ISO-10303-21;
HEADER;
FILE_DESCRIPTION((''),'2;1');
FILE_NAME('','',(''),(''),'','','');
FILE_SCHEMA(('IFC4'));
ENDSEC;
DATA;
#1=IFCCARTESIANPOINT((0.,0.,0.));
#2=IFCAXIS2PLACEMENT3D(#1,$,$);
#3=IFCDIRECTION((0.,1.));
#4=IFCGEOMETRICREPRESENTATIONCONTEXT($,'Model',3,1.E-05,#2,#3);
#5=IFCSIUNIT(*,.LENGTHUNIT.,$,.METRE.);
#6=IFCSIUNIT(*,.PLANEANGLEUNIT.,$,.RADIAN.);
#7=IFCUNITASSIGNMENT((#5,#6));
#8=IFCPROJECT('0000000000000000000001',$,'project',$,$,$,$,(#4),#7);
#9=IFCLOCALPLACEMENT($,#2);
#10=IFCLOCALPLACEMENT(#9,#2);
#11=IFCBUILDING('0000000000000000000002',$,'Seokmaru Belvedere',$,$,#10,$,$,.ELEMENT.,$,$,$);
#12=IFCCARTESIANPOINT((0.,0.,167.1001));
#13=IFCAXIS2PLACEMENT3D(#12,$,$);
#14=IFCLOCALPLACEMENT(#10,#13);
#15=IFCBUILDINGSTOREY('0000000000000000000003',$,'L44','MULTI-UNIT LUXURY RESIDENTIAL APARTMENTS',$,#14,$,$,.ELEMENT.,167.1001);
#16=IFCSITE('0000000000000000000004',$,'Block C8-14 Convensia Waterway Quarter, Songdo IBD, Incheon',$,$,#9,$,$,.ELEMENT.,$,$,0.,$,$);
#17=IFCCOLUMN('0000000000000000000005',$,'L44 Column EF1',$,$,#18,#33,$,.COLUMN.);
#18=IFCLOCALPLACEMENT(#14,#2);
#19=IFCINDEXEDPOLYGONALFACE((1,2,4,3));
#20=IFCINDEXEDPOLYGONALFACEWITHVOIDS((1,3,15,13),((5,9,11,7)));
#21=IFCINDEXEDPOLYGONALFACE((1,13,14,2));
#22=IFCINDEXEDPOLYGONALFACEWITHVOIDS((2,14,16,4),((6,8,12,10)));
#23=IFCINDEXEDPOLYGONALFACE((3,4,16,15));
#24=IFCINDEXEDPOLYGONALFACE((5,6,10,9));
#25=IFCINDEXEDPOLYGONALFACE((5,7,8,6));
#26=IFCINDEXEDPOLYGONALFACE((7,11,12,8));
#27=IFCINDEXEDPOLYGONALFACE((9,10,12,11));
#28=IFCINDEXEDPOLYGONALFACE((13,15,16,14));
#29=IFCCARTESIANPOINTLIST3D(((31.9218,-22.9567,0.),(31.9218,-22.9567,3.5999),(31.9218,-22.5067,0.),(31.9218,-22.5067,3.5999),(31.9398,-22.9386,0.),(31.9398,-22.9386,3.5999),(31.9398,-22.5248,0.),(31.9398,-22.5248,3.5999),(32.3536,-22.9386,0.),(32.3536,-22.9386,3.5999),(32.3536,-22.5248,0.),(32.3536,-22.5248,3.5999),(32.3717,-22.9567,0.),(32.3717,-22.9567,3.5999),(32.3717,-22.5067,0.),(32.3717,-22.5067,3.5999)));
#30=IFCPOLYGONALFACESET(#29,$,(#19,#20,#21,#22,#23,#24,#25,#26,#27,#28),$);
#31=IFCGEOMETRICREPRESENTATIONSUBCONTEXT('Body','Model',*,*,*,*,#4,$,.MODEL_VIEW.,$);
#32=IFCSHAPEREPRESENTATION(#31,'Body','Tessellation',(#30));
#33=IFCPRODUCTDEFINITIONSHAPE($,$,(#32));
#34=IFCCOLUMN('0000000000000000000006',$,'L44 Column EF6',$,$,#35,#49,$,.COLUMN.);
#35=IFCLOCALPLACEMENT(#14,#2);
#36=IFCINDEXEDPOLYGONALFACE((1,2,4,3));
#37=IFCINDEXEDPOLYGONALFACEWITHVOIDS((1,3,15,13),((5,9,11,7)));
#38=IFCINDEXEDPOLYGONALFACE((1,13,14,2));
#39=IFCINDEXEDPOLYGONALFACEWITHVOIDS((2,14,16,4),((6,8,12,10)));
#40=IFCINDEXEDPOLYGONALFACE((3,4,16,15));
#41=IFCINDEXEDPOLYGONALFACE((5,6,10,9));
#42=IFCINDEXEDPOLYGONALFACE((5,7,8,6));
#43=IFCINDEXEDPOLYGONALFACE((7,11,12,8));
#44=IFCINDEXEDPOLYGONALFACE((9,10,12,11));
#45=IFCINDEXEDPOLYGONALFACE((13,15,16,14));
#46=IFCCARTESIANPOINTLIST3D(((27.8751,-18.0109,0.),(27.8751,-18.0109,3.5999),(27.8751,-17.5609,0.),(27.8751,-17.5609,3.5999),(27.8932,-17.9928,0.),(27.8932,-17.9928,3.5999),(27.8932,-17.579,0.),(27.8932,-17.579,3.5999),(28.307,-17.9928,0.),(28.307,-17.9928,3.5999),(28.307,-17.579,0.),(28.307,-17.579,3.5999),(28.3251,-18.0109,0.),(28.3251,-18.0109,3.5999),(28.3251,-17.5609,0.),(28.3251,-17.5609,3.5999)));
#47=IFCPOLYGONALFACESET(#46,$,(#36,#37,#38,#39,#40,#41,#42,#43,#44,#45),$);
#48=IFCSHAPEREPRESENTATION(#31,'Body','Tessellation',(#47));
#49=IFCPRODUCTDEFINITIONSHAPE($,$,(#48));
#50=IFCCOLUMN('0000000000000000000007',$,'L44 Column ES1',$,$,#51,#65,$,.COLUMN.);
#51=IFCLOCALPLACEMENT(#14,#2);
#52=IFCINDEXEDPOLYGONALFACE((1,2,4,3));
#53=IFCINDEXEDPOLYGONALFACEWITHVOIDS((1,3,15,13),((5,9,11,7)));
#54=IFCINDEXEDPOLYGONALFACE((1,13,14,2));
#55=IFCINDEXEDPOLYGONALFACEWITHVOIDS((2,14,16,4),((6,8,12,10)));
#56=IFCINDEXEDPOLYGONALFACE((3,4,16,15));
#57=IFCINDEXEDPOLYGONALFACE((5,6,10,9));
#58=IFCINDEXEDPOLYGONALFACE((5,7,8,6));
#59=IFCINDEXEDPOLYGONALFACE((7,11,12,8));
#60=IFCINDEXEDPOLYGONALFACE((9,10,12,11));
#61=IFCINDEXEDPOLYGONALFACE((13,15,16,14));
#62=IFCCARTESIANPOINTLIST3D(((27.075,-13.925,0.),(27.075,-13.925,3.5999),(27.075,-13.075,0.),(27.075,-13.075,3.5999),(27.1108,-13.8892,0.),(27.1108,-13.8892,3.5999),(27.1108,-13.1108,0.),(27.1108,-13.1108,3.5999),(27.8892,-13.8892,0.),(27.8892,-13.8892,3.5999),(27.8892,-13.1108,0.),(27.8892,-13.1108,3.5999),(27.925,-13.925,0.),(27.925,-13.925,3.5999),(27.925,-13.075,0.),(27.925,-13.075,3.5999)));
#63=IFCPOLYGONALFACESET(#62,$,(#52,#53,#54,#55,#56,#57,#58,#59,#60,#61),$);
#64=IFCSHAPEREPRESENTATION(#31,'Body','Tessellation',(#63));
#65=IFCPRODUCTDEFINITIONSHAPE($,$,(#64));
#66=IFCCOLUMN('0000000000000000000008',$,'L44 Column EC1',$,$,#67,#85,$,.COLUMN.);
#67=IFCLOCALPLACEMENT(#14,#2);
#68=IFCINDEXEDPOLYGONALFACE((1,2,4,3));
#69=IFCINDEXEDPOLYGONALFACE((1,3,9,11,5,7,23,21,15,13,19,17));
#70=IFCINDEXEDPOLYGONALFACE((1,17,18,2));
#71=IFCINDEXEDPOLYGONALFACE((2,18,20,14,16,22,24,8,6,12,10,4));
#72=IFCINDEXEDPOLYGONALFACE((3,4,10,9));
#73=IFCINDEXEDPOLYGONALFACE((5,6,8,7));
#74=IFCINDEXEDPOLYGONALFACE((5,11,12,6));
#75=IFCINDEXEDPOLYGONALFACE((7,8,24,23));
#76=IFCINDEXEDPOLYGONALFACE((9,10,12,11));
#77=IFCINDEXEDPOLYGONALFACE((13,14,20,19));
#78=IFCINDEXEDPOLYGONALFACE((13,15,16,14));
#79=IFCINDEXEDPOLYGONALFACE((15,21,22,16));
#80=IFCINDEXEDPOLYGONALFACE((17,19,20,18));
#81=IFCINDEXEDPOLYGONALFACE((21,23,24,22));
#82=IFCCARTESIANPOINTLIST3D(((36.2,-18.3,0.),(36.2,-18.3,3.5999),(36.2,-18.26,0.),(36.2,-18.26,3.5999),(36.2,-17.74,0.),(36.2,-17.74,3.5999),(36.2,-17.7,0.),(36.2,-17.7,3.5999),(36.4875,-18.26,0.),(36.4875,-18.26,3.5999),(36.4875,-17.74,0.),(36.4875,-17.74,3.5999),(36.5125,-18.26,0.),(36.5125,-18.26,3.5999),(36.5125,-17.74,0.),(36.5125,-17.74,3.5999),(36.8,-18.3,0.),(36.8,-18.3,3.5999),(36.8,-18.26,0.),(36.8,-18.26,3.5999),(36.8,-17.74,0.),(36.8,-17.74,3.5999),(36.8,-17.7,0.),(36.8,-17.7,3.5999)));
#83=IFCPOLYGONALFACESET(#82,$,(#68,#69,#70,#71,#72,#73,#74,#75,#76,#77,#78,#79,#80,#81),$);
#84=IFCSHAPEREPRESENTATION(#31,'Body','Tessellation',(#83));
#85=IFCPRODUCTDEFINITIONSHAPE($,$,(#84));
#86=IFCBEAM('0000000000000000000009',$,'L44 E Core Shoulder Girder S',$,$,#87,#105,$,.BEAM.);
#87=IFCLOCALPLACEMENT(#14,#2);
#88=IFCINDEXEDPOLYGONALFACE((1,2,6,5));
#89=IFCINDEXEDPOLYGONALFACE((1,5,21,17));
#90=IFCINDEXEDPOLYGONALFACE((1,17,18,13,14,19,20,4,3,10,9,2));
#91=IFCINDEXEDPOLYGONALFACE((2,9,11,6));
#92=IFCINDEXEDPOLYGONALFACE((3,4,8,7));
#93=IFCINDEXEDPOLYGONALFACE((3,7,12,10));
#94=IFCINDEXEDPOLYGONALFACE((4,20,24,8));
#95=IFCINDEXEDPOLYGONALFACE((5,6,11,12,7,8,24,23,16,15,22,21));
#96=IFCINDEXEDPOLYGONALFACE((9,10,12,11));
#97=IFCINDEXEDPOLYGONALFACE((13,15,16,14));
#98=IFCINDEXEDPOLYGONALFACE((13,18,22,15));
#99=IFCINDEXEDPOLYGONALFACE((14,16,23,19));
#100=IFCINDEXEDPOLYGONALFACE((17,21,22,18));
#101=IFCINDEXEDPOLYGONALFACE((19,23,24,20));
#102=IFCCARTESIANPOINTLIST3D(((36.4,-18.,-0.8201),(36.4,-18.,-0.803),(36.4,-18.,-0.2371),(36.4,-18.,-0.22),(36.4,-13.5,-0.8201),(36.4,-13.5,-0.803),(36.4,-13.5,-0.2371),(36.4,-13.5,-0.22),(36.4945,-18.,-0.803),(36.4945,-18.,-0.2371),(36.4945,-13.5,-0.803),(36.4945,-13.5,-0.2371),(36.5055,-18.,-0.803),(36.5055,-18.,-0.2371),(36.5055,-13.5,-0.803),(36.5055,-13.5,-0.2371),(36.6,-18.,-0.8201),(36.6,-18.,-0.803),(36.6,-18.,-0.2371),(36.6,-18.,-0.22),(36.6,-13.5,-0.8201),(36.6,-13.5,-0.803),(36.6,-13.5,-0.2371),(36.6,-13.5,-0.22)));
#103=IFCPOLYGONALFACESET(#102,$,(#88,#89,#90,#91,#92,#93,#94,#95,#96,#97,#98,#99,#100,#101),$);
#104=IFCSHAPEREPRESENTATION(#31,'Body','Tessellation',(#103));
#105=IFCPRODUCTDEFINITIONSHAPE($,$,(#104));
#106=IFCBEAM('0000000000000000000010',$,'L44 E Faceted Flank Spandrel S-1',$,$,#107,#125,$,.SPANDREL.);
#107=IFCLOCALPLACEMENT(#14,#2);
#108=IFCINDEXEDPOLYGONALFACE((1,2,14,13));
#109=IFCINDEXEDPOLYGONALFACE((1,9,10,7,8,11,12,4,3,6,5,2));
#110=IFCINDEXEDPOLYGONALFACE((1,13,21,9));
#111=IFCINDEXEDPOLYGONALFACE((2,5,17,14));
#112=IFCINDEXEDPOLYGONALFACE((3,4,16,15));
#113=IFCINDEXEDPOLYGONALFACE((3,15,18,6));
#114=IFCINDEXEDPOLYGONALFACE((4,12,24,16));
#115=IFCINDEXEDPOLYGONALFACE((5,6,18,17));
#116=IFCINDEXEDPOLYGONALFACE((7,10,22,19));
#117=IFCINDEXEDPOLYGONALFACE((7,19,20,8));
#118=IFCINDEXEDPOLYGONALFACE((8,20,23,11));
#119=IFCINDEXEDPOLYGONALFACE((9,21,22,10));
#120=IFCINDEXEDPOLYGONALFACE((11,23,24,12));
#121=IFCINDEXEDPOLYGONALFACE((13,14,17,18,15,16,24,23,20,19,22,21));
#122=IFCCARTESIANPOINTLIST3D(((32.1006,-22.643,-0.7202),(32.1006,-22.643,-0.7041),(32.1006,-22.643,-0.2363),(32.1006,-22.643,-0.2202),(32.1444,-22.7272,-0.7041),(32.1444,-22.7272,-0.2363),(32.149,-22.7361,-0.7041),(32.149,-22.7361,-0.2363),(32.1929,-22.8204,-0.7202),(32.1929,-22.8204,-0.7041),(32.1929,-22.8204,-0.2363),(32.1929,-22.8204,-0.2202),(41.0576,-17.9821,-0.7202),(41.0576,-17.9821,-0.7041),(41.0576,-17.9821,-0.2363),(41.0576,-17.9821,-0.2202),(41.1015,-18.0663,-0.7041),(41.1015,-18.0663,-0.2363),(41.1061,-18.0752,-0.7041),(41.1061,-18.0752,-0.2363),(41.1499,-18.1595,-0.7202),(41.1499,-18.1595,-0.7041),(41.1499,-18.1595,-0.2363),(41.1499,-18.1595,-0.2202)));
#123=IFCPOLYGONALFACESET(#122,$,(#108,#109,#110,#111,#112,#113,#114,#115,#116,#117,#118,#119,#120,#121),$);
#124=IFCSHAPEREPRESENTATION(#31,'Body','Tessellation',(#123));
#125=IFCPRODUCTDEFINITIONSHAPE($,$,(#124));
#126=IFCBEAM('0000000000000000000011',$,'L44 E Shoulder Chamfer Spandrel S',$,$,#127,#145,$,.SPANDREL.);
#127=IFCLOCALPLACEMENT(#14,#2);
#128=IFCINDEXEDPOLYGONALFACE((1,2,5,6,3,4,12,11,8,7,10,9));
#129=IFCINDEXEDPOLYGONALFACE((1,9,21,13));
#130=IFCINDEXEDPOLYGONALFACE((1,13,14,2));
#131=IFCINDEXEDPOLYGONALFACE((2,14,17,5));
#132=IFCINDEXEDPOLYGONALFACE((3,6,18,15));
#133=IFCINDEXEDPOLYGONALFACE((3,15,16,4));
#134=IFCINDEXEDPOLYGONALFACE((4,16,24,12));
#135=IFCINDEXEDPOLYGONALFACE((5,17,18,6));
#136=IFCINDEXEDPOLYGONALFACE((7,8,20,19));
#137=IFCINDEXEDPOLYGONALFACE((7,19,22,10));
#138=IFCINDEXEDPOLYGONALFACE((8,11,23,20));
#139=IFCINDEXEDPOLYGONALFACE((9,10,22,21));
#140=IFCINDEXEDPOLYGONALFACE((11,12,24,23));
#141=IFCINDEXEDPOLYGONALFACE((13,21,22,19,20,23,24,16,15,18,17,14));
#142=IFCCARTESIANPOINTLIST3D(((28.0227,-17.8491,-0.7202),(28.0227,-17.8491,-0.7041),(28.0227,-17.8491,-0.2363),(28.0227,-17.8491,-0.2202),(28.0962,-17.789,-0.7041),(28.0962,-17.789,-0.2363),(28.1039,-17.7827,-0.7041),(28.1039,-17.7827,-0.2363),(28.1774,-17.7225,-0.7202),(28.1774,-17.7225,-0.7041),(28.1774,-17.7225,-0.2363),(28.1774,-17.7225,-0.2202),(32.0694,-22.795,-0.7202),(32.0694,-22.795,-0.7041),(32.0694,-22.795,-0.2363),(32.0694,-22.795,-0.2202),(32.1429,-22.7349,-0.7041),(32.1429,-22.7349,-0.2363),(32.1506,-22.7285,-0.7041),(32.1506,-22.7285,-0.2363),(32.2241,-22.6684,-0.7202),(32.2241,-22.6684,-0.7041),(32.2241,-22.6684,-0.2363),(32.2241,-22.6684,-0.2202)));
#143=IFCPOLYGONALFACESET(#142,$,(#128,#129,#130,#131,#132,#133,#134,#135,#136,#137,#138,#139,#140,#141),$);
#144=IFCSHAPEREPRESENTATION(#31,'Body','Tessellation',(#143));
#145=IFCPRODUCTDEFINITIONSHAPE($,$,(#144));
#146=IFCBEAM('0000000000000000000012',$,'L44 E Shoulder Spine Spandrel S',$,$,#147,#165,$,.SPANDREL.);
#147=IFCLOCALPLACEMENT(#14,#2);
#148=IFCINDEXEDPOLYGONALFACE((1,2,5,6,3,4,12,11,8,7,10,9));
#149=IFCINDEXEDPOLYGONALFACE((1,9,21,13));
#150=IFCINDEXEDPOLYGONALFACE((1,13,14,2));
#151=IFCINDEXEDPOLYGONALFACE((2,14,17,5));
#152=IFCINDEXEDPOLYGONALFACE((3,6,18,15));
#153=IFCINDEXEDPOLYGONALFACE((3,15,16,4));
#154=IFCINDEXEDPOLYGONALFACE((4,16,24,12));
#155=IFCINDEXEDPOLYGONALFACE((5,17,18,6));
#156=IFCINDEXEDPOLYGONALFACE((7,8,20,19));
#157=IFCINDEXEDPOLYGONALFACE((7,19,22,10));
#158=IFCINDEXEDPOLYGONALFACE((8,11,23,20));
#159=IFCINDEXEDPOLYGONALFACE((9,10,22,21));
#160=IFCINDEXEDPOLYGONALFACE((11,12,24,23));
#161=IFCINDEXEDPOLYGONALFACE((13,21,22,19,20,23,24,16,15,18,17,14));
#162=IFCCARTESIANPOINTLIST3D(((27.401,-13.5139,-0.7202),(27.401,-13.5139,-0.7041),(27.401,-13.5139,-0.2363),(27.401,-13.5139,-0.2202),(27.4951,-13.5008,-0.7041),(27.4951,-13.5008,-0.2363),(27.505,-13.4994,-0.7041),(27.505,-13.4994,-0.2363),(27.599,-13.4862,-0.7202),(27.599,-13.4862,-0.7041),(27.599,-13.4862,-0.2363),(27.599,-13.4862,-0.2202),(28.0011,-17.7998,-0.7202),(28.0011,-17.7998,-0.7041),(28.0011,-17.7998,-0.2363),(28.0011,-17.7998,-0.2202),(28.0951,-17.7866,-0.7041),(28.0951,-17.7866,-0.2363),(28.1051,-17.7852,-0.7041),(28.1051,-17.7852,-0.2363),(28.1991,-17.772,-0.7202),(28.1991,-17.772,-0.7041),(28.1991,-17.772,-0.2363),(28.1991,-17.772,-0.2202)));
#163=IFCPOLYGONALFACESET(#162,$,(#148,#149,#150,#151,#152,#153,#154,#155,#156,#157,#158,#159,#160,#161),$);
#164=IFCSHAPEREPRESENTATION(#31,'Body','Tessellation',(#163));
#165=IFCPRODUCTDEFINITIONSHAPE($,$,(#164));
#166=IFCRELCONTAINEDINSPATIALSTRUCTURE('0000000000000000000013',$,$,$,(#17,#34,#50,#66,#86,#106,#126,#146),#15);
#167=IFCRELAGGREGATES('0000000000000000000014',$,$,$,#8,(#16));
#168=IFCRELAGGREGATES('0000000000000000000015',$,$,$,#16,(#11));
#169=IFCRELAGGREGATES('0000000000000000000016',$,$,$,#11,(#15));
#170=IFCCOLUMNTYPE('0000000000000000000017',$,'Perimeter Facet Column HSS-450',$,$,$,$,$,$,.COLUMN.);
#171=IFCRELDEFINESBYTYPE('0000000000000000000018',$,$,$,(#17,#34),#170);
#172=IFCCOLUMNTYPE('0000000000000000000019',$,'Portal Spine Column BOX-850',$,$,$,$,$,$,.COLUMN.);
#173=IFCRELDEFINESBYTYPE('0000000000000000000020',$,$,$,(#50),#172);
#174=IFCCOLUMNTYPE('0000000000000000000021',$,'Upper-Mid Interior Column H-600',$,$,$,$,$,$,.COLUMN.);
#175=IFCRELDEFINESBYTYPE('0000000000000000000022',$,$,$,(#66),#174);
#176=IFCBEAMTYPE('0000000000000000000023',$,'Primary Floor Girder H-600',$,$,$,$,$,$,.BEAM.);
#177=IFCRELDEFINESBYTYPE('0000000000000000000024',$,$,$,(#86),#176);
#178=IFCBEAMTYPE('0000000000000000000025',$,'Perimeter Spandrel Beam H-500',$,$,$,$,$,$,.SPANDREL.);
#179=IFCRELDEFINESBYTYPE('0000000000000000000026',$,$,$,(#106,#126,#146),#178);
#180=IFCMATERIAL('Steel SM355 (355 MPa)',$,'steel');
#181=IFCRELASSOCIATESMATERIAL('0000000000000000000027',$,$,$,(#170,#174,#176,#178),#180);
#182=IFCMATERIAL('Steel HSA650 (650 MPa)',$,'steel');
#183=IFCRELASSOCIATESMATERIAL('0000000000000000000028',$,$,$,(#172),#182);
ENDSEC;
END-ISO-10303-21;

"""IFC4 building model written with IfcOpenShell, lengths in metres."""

from ifc_helpers import new_model, si_unit, direction, frame, origin, origin_2d, place, context, subcontext, project, spatial, hollow_rectangle, i_section, extrude, source, transform, mapped, material, material_profile, profile_set, type_object, type_shapes, element, save


model = new_model("IFC4")

# Units and contexts
model_context = context("Model", 3, precision=1e-05, world=origin(), true_north=direction((0.0, 1.0)))
body_context = subcontext(model_context, "Body", "Model", "MODEL_VIEW")
ifc_project = project(units=[si_unit("LENGTHUNIT", "METRE"), si_unit("PLANEANGLEUNIT", "RADIAN")], contexts=[model_context])

# Site, building, storey
site_placement = place(None, origin())
site = spatial("IfcSite", under=ifc_project, at=site_placement, Name="Block C8-14 Convensia Waterway Quarter, Songdo IBD, Incheon", CompositionType="ELEMENT", RefElevation=0.0)
building_placement = place(site_placement, origin())
building = spatial("IfcBuilding", under=site, at=building_placement, Name="Seokmaru Belvedere", CompositionType="ELEMENT")
storey_placement = place(building_placement, frame((0.0, 0.0, 167.1001)))
storey = spatial("IfcBuildingStorey", under=building, at=storey_placement, Name="L44", Description="MULTI-UNIT LUXURY RESIDENTIAL APARTMENTS", CompositionType="ELEMENT", Elevation=167.1001)

# Columns
ifc_material_1 = material(Name="Steel SM355 (355 MPa)", Category="steel")
ifc_material_profile_1 = material_profile(ifc_material_1, hollow_rectangle(XDim=0.45, YDim=0.45, WallThickness=0.0181, at=origin_2d()), Name="HSS-450x450x18")
ifc_profile_set_1 = profile_set([ifc_material_profile_1], Name="Steel SM355 (355 MPa)")
column_type_1 = type_object("IfcColumnType", Name="Perimeter Facet Column HSS-450", PredefinedType="COLUMN", material=ifc_profile_set_1)
shared_shape_1 = source(origin(), body_context, "Body", "SweptSolid", [
    extrude(hollow_rectangle(XDim=0.45, YDim=0.45, WallThickness=0.0181, at=origin_2d()), origin(), (0.0, 0.0, 1.0), 3.5999),
])
type_shapes(column_type_1, [shared_shape_1])
for number, where, z_axis, x_axis, name in (
    (1, (32.1467, -22.7317, 0.0), (0.0, 0.0, 1.0), (1.0, 0.0, 0.0), "L44 Column EF1"),
    (2, (28.1001, -17.7859, 0.0), (0.0, 0.0, 1.0), (1.0, 0.0, 0.0), "L44 Column EF6"),
):
    element("IfcColumn", number, at=place(storey_placement, frame(where, z_axis=z_axis, x_axis=x_axis)), inside=storey, type_object=column_type_1, Name=name, PredefinedType="COLUMN", context=body_context, shape_type="MappedRepresentation", body=[
        mapped(shared_shape_1, transform((0.0, 0.0, 0.0), scale=1.0)),
    ])
ifc_material_2 = material(Name="Steel HSA650 (650 MPa)", Category="steel")
ifc_material_profile_2 = material_profile(ifc_material_2, hollow_rectangle(XDim=0.8501, YDim=0.8501, WallThickness=0.0359, at=origin_2d()), Name="BOX-850x850x36")
ifc_profile_set_2 = profile_set([ifc_material_profile_2], Name="Steel HSA650 (650 MPa)")
column_type_2 = type_object("IfcColumnType", Name="Portal Spine Column BOX-850", PredefinedType="COLUMN", material=ifc_profile_set_2)
shared_shape_2 = source(origin(), body_context, "Body", "SweptSolid", [
    extrude(hollow_rectangle(XDim=0.8501, YDim=0.8501, WallThickness=0.0359, at=origin_2d()), origin(), (0.0, 0.0, 1.0), 3.5999),
])
type_shapes(column_type_2, [shared_shape_2])
column_1_placement = place(storey_placement, frame((27.5, -13.5, 0.0), z_axis=(0.0, 0.0, 1.0), x_axis=(1.0, 0.0, 0.0)))
element("IfcColumn", 3, at=column_1_placement, inside=storey, type_object=column_type_2, Name="L44 Column ES1", PredefinedType="COLUMN", context=body_context, shape_type="MappedRepresentation", body=[
    mapped(shared_shape_2, transform((0.0, 0.0, 0.0), scale=1.0)),
])
ifc_material_profile_3 = material_profile(ifc_material_1, i_section(OverallWidth=0.6001, OverallDepth=0.6001, WebThickness=0.0249, FlangeThickness=0.04, at=origin_2d()), Name="H-600x600x25x40")
ifc_profile_set_3 = profile_set([ifc_material_profile_3], Name="Steel SM355 (355 MPa)")
column_type_3 = type_object("IfcColumnType", Name="Upper-Mid Interior Column H-600", PredefinedType="COLUMN", material=ifc_profile_set_3)
shared_shape_3 = source(origin(), body_context, "Body", "SweptSolid", [
    extrude(i_section(OverallWidth=0.6001, OverallDepth=0.6001, WebThickness=0.0249, FlangeThickness=0.04, at=origin_2d()), origin(), (0.0, 0.0, 1.0), 3.5999),
])
type_shapes(column_type_3, [shared_shape_3])
column_2_placement = place(storey_placement, frame((36.5, -18.0, 0.0), z_axis=(0.0, 0.0, 1.0), x_axis=(1.0, 0.0, 0.0)))
element("IfcColumn", 4, at=column_2_placement, inside=storey, type_object=column_type_3, Name="L44 Column EC1", PredefinedType="COLUMN", context=body_context, shape_type="MappedRepresentation", body=[
    mapped(shared_shape_3, transform((0.0, 0.0, 0.0), scale=1.0)),
])

# Beams
ifc_material_profile_4 = material_profile(ifc_material_1, i_section(OverallWidth=0.2, OverallDepth=0.6001, WebThickness=0.011, FlangeThickness=0.0171, at=origin_2d()), Name="H-600x200x11x17")
ifc_profile_set_4 = profile_set([ifc_material_profile_4], Name="Steel SM355 (355 MPa)")
beam_type_1 = type_object("IfcBeamType", Name="Primary Floor Girder H-600", PredefinedType="BEAM", material=ifc_profile_set_4)
shared_shape_4 = source(origin(), body_context, "Body", "SweptSolid", [
    extrude(i_section(OverallWidth=0.2, OverallDepth=0.6001, WebThickness=0.011, FlangeThickness=0.0171, at=origin_2d()), origin(), (0.0, 0.0, 1.0), 4.5),
])
type_shapes(beam_type_1, [shared_shape_4])
beam_1_placement = place(storey_placement, frame((36.5, -18.0, -0.52), z_axis=(0.0, 1.0, 0.0), x_axis=(-1.0, 0.0, 0.0)))
element("IfcBeam", 5, at=beam_1_placement, inside=storey, type_object=beam_type_1, Name="L44 E Core Shoulder Girder S", PredefinedType="BEAM", context=body_context, shape_type="MappedRepresentation", body=[
    mapped(shared_shape_4, transform((0.0, 0.0, 0.0), scale=1.0)),
])
ifc_material_profile_5 = material_profile(ifc_material_1, i_section(OverallWidth=0.2, OverallDepth=0.5, WebThickness=0.01, FlangeThickness=0.0161, at=origin_2d()), Name="H-500x200x10x16")
ifc_profile_set_5 = profile_set([ifc_material_profile_5], Name="Steel SM355 (355 MPa)")
beam_type_2 = type_object("IfcBeamType", Name="Perimeter Spandrel Beam H-500", PredefinedType="SPANDREL", material=ifc_profile_set_5)
shared_shape_5 = source(origin(), body_context, "Body", "SweptSolid", [
    extrude(i_section(OverallWidth=0.2, OverallDepth=0.5, WebThickness=0.01, FlangeThickness=0.0161, at=origin_2d()), origin(), (0.0, 0.0, 1.0), 10.0972),
])
beam_2_placement = place(storey_placement, frame((32.1467, -22.7317, -0.4702), z_axis=(0.887086, 0.461605, 0.0), x_axis=(-0.461605, 0.887086, 0.0)))
element("IfcBeam", 6, at=beam_2_placement, inside=storey, type_object=beam_type_2, Name="L44 E Faceted Flank Spandrel S-1", PredefinedType="SPANDREL", context=body_context, shape_type="MappedRepresentation", body=[
    mapped(shared_shape_5, transform((0.0, 0.0, 0.0), scale=1.0)),
])
shared_shape_6 = source(origin(), body_context, "Body", "SweptSolid", [
    extrude(i_section(OverallWidth=0.2, OverallDepth=0.5, WebThickness=0.01, FlangeThickness=0.0161, at=origin_2d()), origin(), (0.0, 0.0, 1.0), 6.3904),
])
beam_3_placement = place(storey_placement, frame((32.1467, -22.7317, -0.4702), z_axis=(-0.633244, 0.773952, 0.0), x_axis=(-0.773952, -0.633244, 0.0)))
element("IfcBeam", 7, at=beam_3_placement, inside=storey, type_object=beam_type_2, Name="L44 E Shoulder Chamfer Spandrel S", PredefinedType="SPANDREL", context=body_context, shape_type="MappedRepresentation", body=[
    mapped(shared_shape_6, transform((0.0, 0.0, 0.0), scale=1.0)),
])
shared_shape_7 = source(origin(), body_context, "Body", "SweptSolid", [
    extrude(i_section(OverallWidth=0.2, OverallDepth=0.5, WebThickness=0.01, FlangeThickness=0.0161, at=origin_2d()), origin(), (0.0, 0.0, 1.0), 4.3276),
])
type_shapes(beam_type_2, [shared_shape_5, shared_shape_6, shared_shape_7])
beam_4_placement = place(storey_placement, frame((28.1001, -17.7859, -0.4702), z_axis=(-0.138664, 0.990339, 0.0), x_axis=(-0.990339, -0.138664, 0.0)))
element("IfcBeam", 8, at=beam_4_placement, inside=storey, type_object=beam_type_2, Name="L44 E Shoulder Spine Spandrel S", PredefinedType="SPANDREL", context=body_context, shape_type="MappedRepresentation", body=[
    mapped(shared_shape_7, transform((0.0, 0.0, 0.0), scale=1.0)),
])

save(model, "model.ifc")
